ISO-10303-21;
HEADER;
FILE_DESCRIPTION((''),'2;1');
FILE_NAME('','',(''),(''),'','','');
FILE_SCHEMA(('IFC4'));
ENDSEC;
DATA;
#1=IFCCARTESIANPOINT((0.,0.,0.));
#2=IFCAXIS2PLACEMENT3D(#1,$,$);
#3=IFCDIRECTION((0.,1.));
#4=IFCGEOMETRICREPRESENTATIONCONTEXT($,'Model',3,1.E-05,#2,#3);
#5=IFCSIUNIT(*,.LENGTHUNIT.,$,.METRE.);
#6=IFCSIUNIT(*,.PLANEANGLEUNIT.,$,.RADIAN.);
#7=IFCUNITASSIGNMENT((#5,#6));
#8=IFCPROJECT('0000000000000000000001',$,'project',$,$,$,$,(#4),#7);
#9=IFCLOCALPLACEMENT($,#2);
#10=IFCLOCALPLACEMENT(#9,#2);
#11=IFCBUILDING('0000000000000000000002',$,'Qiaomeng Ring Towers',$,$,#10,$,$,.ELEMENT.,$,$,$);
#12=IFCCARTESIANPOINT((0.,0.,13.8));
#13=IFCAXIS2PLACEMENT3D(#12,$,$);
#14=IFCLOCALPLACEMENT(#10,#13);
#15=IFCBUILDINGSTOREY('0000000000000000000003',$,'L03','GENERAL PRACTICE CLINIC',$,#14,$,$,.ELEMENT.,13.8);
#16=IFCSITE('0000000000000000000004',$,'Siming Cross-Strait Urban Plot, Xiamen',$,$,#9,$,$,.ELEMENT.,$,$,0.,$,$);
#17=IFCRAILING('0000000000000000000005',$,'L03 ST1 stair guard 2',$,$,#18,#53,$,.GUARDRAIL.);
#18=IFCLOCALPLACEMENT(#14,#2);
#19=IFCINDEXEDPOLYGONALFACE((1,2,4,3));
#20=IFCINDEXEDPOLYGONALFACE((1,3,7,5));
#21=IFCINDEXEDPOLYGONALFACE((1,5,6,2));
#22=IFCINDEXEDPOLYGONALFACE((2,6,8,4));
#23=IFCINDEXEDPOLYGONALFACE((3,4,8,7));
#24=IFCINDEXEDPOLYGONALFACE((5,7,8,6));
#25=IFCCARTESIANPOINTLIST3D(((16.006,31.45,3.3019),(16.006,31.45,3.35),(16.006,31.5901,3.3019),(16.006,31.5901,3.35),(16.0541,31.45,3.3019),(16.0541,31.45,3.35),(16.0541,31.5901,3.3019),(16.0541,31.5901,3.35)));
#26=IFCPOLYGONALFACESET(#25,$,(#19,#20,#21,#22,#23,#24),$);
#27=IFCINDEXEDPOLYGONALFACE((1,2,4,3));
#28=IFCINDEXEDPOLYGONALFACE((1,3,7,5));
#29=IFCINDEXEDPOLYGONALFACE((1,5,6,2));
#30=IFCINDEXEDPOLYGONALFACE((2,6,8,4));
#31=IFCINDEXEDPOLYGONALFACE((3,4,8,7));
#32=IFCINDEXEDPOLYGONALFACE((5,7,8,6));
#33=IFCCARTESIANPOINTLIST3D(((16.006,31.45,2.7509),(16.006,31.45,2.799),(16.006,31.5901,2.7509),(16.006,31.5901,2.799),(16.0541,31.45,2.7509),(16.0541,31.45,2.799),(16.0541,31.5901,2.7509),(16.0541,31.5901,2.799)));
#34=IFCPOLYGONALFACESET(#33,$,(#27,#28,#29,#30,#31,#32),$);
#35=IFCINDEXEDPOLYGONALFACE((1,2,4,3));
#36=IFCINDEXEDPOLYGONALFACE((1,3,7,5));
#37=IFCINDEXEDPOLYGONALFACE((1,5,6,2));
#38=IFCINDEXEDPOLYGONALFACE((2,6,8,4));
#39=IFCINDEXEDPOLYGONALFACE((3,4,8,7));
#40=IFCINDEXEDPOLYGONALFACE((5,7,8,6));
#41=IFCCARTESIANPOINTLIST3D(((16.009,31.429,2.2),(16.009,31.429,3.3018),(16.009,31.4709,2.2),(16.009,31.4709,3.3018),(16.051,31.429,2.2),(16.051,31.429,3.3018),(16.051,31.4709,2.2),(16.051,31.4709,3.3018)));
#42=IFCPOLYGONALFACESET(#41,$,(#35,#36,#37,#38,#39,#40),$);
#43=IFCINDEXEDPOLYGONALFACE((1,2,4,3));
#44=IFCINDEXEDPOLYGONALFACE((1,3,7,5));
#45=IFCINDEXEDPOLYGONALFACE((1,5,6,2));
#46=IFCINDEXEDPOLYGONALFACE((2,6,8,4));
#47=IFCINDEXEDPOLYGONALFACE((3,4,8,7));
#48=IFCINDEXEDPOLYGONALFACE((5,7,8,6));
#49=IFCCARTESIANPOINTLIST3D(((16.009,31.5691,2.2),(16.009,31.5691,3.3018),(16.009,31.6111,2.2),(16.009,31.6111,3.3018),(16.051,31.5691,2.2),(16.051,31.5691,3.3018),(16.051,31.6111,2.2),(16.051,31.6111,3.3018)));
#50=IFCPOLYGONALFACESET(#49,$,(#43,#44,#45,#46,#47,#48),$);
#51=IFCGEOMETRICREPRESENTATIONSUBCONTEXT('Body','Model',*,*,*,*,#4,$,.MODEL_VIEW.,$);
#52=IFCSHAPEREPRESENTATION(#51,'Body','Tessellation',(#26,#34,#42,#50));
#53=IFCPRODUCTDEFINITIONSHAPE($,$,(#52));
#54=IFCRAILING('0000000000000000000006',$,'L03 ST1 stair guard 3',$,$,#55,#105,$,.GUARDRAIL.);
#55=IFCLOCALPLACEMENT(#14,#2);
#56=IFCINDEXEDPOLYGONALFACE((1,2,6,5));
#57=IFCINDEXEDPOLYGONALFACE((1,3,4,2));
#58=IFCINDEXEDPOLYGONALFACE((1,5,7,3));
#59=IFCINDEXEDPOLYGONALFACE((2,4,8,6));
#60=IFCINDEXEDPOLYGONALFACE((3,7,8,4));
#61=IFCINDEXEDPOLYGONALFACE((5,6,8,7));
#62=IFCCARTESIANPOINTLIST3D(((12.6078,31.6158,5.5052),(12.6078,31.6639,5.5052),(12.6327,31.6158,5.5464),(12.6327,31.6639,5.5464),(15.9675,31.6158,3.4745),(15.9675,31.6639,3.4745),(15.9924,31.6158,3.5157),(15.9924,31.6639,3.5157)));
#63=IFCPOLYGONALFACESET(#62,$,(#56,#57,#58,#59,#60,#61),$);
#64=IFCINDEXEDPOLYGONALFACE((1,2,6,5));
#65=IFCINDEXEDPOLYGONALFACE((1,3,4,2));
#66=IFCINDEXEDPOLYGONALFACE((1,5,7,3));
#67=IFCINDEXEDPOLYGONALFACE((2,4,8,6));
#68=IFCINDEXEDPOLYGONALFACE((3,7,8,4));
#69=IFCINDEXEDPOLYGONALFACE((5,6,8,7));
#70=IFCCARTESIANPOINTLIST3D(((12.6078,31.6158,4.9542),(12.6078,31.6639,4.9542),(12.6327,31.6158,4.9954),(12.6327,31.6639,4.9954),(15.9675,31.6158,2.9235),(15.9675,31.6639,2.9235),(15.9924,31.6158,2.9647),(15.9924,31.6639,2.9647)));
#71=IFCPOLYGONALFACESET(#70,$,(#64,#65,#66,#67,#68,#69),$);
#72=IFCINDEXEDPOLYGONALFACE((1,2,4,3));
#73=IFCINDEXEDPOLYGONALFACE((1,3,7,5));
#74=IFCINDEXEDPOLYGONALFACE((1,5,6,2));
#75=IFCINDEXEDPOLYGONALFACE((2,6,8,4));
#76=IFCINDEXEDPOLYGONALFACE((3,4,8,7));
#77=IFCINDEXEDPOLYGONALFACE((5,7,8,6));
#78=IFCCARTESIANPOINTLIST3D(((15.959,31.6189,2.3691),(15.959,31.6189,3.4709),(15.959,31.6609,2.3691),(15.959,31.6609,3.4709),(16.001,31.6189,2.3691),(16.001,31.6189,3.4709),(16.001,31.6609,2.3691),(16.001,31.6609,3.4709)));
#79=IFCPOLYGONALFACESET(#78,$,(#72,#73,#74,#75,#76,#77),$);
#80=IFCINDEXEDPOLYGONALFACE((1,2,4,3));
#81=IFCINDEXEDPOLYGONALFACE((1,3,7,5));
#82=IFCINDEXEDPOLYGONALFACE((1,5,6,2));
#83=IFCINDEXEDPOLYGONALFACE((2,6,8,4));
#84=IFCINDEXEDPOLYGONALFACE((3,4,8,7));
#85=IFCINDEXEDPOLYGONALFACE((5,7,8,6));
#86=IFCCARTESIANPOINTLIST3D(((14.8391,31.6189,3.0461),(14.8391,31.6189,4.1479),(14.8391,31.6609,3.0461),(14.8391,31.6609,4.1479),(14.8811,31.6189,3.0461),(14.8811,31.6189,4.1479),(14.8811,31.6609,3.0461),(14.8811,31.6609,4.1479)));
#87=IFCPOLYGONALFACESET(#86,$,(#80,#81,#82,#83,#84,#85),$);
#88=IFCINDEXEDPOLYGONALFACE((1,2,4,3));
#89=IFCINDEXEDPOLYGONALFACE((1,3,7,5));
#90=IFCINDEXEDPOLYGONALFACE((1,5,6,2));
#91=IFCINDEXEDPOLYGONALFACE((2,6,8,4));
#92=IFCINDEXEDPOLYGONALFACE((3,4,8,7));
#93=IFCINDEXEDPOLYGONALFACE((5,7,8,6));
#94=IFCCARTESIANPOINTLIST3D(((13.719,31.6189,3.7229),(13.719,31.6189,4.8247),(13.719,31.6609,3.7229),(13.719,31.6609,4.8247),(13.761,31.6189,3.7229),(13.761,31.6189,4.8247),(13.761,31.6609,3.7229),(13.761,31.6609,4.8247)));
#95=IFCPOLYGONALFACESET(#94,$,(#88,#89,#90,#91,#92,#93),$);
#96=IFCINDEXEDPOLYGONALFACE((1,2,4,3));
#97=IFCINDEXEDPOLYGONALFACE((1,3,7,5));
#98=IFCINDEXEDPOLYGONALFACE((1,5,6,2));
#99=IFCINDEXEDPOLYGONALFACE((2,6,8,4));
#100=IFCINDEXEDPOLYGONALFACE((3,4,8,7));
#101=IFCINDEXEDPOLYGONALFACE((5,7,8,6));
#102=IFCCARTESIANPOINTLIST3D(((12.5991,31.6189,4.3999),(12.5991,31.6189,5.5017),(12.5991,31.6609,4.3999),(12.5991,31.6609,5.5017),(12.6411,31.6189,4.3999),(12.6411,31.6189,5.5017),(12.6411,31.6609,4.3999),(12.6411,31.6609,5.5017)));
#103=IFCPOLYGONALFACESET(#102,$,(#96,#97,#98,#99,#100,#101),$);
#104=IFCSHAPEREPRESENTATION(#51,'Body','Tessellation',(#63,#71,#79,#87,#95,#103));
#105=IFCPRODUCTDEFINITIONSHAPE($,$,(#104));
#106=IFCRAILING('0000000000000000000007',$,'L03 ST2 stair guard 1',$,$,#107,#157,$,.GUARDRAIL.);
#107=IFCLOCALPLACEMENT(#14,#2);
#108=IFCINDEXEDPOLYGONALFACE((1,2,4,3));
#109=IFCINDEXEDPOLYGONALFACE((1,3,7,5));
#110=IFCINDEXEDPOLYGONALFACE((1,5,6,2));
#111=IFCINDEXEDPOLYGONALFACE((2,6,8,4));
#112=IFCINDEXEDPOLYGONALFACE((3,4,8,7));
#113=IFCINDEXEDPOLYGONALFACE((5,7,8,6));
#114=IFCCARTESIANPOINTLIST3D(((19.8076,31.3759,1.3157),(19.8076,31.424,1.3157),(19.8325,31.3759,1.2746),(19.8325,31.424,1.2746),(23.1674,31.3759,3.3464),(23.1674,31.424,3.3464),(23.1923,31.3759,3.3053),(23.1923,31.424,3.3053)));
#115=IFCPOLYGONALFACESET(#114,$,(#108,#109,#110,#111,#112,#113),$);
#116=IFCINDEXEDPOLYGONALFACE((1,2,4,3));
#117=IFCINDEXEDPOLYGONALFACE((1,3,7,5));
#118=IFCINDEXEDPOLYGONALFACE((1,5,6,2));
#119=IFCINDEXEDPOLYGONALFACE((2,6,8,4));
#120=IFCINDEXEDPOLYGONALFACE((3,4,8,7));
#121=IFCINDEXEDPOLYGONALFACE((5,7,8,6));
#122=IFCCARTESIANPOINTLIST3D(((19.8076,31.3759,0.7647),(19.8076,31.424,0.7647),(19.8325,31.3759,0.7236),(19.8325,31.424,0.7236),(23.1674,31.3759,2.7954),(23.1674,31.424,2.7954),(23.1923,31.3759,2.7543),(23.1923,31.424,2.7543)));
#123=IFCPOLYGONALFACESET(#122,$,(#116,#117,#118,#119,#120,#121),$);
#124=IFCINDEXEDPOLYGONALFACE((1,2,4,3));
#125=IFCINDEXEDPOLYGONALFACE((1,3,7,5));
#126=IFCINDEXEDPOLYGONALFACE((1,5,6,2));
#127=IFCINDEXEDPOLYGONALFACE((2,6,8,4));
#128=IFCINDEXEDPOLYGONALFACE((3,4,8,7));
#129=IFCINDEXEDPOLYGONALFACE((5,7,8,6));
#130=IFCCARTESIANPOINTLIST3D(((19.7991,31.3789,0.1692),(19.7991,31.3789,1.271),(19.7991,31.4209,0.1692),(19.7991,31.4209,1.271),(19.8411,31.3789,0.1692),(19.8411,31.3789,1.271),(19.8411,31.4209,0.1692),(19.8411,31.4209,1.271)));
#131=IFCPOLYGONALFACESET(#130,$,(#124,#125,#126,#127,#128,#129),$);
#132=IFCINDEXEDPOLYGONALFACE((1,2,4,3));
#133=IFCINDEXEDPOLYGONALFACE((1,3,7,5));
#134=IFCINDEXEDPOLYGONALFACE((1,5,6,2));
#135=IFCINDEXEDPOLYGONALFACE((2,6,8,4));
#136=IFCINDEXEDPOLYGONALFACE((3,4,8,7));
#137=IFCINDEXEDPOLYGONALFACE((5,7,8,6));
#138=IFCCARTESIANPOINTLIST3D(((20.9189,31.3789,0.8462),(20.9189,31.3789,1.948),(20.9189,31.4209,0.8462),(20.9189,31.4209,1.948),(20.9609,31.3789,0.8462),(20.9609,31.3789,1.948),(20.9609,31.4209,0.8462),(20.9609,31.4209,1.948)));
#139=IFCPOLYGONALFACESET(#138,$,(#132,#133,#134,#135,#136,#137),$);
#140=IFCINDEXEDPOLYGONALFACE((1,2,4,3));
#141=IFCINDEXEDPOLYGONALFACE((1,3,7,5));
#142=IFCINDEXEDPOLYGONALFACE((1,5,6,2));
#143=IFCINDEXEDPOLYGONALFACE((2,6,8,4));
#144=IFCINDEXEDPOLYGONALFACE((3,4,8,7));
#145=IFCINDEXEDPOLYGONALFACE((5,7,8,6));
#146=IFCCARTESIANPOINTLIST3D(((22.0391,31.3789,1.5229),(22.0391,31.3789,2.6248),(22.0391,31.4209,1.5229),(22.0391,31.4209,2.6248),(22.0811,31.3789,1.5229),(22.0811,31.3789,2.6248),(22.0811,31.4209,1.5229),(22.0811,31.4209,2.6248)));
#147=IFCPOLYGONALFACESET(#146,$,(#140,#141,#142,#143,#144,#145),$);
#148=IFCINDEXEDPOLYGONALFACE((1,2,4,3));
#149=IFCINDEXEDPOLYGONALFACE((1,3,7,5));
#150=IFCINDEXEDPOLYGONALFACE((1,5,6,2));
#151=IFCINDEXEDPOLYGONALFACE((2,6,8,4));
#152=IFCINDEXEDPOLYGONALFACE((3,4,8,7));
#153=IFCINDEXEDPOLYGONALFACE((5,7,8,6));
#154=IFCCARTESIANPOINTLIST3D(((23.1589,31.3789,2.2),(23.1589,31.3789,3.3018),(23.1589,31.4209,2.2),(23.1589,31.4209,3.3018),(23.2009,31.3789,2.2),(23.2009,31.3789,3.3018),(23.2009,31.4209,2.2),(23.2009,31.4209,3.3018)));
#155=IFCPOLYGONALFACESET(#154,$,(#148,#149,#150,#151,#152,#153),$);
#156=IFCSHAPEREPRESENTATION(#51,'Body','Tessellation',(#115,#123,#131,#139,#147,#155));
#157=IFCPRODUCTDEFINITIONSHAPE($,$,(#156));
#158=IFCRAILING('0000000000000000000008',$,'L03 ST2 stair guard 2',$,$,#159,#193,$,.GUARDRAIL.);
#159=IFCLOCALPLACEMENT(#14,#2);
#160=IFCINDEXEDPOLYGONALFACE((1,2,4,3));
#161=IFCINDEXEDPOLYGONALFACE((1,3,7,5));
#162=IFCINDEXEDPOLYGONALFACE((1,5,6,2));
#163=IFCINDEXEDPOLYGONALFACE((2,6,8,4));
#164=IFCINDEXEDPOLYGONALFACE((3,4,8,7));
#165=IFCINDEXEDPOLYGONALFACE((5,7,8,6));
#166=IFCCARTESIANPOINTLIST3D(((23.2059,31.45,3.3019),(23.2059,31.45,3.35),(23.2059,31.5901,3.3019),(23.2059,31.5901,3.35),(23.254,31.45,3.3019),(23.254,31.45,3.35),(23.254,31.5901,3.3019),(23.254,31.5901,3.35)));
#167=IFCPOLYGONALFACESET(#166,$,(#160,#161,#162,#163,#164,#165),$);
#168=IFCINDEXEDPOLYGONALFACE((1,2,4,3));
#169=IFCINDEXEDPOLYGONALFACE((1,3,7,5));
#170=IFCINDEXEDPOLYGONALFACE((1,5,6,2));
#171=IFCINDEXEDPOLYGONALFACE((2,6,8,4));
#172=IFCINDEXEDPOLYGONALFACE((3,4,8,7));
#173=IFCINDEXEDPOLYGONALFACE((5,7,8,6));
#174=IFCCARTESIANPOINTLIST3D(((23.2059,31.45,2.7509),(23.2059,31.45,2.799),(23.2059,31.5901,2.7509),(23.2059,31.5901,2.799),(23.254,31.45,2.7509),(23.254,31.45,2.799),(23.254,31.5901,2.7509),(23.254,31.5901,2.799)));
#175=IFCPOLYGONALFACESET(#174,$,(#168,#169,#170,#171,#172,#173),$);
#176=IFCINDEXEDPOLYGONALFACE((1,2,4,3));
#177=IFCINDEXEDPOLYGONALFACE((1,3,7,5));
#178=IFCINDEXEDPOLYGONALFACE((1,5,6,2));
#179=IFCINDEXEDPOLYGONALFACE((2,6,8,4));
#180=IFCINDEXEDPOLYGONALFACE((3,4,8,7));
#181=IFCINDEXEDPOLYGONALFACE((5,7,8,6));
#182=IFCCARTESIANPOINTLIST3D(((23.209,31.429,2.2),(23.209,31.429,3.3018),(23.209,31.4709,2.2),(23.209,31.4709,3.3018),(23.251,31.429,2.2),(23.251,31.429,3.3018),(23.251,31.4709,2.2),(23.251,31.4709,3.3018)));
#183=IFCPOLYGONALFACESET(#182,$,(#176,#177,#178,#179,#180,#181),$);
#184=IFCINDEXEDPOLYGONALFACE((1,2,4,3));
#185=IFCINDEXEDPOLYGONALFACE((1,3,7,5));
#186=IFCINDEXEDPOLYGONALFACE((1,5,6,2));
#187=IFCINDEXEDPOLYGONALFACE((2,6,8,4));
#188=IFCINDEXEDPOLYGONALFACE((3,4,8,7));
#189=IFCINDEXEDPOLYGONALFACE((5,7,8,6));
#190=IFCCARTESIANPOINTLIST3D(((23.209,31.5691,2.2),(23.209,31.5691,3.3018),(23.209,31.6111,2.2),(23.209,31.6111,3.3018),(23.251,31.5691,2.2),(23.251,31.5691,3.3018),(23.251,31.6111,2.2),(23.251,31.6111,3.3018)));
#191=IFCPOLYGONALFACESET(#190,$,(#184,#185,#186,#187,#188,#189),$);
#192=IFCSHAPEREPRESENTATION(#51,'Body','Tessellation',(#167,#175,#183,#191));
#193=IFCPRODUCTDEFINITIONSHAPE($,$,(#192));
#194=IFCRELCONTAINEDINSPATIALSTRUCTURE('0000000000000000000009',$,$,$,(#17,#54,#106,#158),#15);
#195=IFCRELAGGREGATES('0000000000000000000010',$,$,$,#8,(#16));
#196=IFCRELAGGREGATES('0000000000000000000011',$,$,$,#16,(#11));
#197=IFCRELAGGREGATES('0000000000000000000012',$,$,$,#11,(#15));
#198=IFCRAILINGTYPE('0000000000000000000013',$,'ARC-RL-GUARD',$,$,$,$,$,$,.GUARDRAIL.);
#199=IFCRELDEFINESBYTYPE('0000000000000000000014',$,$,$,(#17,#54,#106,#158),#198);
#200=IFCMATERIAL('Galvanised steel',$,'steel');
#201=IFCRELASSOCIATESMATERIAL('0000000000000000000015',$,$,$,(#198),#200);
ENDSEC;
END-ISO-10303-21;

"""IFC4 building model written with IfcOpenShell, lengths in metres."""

from ifc_helpers import new_model, si_unit, direction, frame, origin, origin_2d, place, context, subcontext, project, spatial, rectangle, extrude, material, type_object, element, save


model = new_model("IFC4")

# Units and contexts
model_context = context("Model", 3, precision=1e-05, world=origin(), true_north=direction((0.0, 1.0)))
body_context = subcontext(model_context, "Body", "Model", "MODEL_VIEW")
ifc_project = project(units=[si_unit("LENGTHUNIT", "METRE"), si_unit("PLANEANGLEUNIT", "RADIAN")], contexts=[model_context])

# Site, building, storey
site_placement = place(None, origin())
site = spatial("IfcSite", under=ifc_project, at=site_placement, Name="Siming Cross-Strait Urban Plot, Xiamen", CompositionType="ELEMENT", RefElevation=0.0)
building_placement = place(site_placement, origin())
building = spatial("IfcBuilding", under=site, at=building_placement, Name="Qiaomeng Ring Towers", CompositionType="ELEMENT")
storey_placement = place(building_placement, frame((0.0, 0.0, 13.8)))
storey = spatial("IfcBuildingStorey", under=building, at=storey_placement, Name="L03", Description="GENERAL PRACTICE CLINIC", CompositionType="ELEMENT", Elevation=13.8)

# Shared definitions
ifc_material_1 = material(Name="Galvanised steel", Category="steel")

# Railings
railing_type_1 = type_object("IfcRailingType", Name="ARC-RL-GUARD", PredefinedType="GUARDRAIL", material=ifc_material_1)
railing_1_placement = place(storey_placement, frame((16.03, 31.45, 2.2)))
element("IfcRailing", 1, at=railing_1_placement, inside=storey, type_object=railing_type_1, Name="L03 ST1 stair guard 2", PredefinedType="GUARDRAIL", context=body_context, shape_type="SweptSolid", body=[
    extrude(rectangle(XDim=0.0481, YDim=0.0481, at=origin_2d()), frame((0.0, 0.0, 1.126), z_axis=(0.0, 1.0, 0.0), x_axis=(-1.0, 0.0, 0.0)), (0.0, 0.0, 1.0), 0.1401),
    extrude(rectangle(XDim=0.0481, YDim=0.0481, at=origin_2d()), frame((0.0, 0.0, 0.575), z_axis=(0.0, 1.0, 0.0), x_axis=(-1.0, 0.0, 0.0)), (0.0, 0.0, 1.0), 0.1401),
    extrude(rectangle(XDim=0.042, YDim=0.042, at=origin_2d()), origin(), (0.0, 0.0, 1.0), 1.1018),
    extrude(rectangle(XDim=0.042, YDim=0.042, at=origin_2d()), frame((0.0, 0.1401, 0.0)), (0.0, 0.0, 1.0), 1.1018),
])
railing_2_placement = place(storey_placement, frame((15.98, 31.6399, 2.3691)))
element("IfcRailing", 2, at=railing_2_placement, inside=storey, type_object=railing_type_1, Name="L03 ST1 stair guard 3", PredefinedType="GUARDRAIL", context=body_context, shape_type="SweptSolid", body=[
    extrude(rectangle(XDim=0.0481, YDim=0.0481, at=origin_2d()), frame((0.0, 0.0, 1.126), z_axis=(-0.85582, 0.0, 0.517273), x_axis=(0.0, -1.0, 0.0)), (0.0, 0.0, 1.0), 3.9258),
    extrude(rectangle(XDim=0.0481, YDim=0.0481, at=origin_2d()), frame((0.0, 0.0, 0.575), z_axis=(-0.85582, 0.0, 0.517273), x_axis=(0.0, -1.0, 0.0)), (0.0, 0.0, 1.0), 3.9258),
    extrude(rectangle(XDim=0.042, YDim=0.042, at=origin_2d()), origin(), (0.0, 0.0, 1.0), 1.1018),
    extrude(rectangle(XDim=0.042, YDim=0.042, at=origin_2d()), frame((-1.1199, 0.0, 0.677)), (0.0, 0.0, 1.0), 1.1018),
    extrude(rectangle(XDim=0.042, YDim=0.042, at=origin_2d()), frame((-2.24, 0.0, 1.3538)), (0.0, 0.0, 1.0), 1.1018),
    extrude(rectangle(XDim=0.042, YDim=0.042, at=origin_2d()), frame((-3.3599, 0.0, 2.0308)), (0.0, 0.0, 1.0), 1.1018),
])
railing_3_placement = place(storey_placement, frame((19.8201, 31.3999, 0.1692)))
element("IfcRailing", 3, at=railing_3_placement, inside=storey, type_object=railing_type_1, Name="L03 ST2 stair guard 1", PredefinedType="GUARDRAIL", context=body_context, shape_type="SweptSolid", body=[
    extrude(rectangle(XDim=0.0481, YDim=0.0481, at=origin_2d()), frame((0.0, 0.0, 1.126), z_axis=(0.85582, 0.0, 0.517273), x_axis=(0.0, 1.0, 0.0)), (0.0, 0.0, 1.0), 3.9258),
    extrude(rectangle(XDim=0.0481, YDim=0.0481, at=origin_2d()), frame((0.0, 0.0, 0.575), z_axis=(0.85582, 0.0, 0.517273), x_axis=(0.0, 1.0, 0.0)), (0.0, 0.0, 1.0), 3.9258),
    extrude(rectangle(XDim=0.042, YDim=0.042, at=origin_2d()), origin(), (0.0, 0.0, 1.0), 1.1018),
    extrude(rectangle(XDim=0.042, YDim=0.042, at=origin_2d()), frame((1.1199, 0.0, 0.677)), (0.0, 0.0, 1.0), 1.1018),
    extrude(rectangle(XDim=0.042, YDim=0.042, at=origin_2d()), frame((2.24, 0.0, 1.3538)), (0.0, 0.0, 1.0), 1.1018),
    extrude(rectangle(XDim=0.042, YDim=0.042, at=origin_2d()), frame((3.3599, 0.0, 2.0308)), (0.0, 0.0, 1.0), 1.1018),
])
railing_4_placement = place(storey_placement, frame((23.23, 31.45, 2.2)))
element("IfcRailing", 4, at=railing_4_placement, inside=storey, type_object=railing_type_1, Name="L03 ST2 stair guard 2", PredefinedType="GUARDRAIL", context=body_context, shape_type="SweptSolid", body=[
    extrude(rectangle(XDim=0.0481, YDim=0.0481, at=origin_2d()), frame((0.0, 0.0, 1.126), z_axis=(0.0, 1.0, 0.0), x_axis=(-1.0, 0.0, 0.0)), (0.0, 0.0, 1.0), 0.1401),
    extrude(rectangle(XDim=0.0481, YDim=0.0481, at=origin_2d()), frame((0.0, 0.0, 0.575), z_axis=(0.0, 1.0, 0.0), x_axis=(-1.0, 0.0, 0.0)), (0.0, 0.0, 1.0), 0.1401),
    extrude(rectangle(XDim=0.042, YDim=0.042, at=origin_2d()), origin(), (0.0, 0.0, 1.0), 1.1018),
    extrude(rectangle(XDim=0.042, YDim=0.042, at=origin_2d()), frame((0.0, 0.1401, 0.0)), (0.0, 0.0, 1.0), 1.1018),
])

save(model, "model.ifc")
